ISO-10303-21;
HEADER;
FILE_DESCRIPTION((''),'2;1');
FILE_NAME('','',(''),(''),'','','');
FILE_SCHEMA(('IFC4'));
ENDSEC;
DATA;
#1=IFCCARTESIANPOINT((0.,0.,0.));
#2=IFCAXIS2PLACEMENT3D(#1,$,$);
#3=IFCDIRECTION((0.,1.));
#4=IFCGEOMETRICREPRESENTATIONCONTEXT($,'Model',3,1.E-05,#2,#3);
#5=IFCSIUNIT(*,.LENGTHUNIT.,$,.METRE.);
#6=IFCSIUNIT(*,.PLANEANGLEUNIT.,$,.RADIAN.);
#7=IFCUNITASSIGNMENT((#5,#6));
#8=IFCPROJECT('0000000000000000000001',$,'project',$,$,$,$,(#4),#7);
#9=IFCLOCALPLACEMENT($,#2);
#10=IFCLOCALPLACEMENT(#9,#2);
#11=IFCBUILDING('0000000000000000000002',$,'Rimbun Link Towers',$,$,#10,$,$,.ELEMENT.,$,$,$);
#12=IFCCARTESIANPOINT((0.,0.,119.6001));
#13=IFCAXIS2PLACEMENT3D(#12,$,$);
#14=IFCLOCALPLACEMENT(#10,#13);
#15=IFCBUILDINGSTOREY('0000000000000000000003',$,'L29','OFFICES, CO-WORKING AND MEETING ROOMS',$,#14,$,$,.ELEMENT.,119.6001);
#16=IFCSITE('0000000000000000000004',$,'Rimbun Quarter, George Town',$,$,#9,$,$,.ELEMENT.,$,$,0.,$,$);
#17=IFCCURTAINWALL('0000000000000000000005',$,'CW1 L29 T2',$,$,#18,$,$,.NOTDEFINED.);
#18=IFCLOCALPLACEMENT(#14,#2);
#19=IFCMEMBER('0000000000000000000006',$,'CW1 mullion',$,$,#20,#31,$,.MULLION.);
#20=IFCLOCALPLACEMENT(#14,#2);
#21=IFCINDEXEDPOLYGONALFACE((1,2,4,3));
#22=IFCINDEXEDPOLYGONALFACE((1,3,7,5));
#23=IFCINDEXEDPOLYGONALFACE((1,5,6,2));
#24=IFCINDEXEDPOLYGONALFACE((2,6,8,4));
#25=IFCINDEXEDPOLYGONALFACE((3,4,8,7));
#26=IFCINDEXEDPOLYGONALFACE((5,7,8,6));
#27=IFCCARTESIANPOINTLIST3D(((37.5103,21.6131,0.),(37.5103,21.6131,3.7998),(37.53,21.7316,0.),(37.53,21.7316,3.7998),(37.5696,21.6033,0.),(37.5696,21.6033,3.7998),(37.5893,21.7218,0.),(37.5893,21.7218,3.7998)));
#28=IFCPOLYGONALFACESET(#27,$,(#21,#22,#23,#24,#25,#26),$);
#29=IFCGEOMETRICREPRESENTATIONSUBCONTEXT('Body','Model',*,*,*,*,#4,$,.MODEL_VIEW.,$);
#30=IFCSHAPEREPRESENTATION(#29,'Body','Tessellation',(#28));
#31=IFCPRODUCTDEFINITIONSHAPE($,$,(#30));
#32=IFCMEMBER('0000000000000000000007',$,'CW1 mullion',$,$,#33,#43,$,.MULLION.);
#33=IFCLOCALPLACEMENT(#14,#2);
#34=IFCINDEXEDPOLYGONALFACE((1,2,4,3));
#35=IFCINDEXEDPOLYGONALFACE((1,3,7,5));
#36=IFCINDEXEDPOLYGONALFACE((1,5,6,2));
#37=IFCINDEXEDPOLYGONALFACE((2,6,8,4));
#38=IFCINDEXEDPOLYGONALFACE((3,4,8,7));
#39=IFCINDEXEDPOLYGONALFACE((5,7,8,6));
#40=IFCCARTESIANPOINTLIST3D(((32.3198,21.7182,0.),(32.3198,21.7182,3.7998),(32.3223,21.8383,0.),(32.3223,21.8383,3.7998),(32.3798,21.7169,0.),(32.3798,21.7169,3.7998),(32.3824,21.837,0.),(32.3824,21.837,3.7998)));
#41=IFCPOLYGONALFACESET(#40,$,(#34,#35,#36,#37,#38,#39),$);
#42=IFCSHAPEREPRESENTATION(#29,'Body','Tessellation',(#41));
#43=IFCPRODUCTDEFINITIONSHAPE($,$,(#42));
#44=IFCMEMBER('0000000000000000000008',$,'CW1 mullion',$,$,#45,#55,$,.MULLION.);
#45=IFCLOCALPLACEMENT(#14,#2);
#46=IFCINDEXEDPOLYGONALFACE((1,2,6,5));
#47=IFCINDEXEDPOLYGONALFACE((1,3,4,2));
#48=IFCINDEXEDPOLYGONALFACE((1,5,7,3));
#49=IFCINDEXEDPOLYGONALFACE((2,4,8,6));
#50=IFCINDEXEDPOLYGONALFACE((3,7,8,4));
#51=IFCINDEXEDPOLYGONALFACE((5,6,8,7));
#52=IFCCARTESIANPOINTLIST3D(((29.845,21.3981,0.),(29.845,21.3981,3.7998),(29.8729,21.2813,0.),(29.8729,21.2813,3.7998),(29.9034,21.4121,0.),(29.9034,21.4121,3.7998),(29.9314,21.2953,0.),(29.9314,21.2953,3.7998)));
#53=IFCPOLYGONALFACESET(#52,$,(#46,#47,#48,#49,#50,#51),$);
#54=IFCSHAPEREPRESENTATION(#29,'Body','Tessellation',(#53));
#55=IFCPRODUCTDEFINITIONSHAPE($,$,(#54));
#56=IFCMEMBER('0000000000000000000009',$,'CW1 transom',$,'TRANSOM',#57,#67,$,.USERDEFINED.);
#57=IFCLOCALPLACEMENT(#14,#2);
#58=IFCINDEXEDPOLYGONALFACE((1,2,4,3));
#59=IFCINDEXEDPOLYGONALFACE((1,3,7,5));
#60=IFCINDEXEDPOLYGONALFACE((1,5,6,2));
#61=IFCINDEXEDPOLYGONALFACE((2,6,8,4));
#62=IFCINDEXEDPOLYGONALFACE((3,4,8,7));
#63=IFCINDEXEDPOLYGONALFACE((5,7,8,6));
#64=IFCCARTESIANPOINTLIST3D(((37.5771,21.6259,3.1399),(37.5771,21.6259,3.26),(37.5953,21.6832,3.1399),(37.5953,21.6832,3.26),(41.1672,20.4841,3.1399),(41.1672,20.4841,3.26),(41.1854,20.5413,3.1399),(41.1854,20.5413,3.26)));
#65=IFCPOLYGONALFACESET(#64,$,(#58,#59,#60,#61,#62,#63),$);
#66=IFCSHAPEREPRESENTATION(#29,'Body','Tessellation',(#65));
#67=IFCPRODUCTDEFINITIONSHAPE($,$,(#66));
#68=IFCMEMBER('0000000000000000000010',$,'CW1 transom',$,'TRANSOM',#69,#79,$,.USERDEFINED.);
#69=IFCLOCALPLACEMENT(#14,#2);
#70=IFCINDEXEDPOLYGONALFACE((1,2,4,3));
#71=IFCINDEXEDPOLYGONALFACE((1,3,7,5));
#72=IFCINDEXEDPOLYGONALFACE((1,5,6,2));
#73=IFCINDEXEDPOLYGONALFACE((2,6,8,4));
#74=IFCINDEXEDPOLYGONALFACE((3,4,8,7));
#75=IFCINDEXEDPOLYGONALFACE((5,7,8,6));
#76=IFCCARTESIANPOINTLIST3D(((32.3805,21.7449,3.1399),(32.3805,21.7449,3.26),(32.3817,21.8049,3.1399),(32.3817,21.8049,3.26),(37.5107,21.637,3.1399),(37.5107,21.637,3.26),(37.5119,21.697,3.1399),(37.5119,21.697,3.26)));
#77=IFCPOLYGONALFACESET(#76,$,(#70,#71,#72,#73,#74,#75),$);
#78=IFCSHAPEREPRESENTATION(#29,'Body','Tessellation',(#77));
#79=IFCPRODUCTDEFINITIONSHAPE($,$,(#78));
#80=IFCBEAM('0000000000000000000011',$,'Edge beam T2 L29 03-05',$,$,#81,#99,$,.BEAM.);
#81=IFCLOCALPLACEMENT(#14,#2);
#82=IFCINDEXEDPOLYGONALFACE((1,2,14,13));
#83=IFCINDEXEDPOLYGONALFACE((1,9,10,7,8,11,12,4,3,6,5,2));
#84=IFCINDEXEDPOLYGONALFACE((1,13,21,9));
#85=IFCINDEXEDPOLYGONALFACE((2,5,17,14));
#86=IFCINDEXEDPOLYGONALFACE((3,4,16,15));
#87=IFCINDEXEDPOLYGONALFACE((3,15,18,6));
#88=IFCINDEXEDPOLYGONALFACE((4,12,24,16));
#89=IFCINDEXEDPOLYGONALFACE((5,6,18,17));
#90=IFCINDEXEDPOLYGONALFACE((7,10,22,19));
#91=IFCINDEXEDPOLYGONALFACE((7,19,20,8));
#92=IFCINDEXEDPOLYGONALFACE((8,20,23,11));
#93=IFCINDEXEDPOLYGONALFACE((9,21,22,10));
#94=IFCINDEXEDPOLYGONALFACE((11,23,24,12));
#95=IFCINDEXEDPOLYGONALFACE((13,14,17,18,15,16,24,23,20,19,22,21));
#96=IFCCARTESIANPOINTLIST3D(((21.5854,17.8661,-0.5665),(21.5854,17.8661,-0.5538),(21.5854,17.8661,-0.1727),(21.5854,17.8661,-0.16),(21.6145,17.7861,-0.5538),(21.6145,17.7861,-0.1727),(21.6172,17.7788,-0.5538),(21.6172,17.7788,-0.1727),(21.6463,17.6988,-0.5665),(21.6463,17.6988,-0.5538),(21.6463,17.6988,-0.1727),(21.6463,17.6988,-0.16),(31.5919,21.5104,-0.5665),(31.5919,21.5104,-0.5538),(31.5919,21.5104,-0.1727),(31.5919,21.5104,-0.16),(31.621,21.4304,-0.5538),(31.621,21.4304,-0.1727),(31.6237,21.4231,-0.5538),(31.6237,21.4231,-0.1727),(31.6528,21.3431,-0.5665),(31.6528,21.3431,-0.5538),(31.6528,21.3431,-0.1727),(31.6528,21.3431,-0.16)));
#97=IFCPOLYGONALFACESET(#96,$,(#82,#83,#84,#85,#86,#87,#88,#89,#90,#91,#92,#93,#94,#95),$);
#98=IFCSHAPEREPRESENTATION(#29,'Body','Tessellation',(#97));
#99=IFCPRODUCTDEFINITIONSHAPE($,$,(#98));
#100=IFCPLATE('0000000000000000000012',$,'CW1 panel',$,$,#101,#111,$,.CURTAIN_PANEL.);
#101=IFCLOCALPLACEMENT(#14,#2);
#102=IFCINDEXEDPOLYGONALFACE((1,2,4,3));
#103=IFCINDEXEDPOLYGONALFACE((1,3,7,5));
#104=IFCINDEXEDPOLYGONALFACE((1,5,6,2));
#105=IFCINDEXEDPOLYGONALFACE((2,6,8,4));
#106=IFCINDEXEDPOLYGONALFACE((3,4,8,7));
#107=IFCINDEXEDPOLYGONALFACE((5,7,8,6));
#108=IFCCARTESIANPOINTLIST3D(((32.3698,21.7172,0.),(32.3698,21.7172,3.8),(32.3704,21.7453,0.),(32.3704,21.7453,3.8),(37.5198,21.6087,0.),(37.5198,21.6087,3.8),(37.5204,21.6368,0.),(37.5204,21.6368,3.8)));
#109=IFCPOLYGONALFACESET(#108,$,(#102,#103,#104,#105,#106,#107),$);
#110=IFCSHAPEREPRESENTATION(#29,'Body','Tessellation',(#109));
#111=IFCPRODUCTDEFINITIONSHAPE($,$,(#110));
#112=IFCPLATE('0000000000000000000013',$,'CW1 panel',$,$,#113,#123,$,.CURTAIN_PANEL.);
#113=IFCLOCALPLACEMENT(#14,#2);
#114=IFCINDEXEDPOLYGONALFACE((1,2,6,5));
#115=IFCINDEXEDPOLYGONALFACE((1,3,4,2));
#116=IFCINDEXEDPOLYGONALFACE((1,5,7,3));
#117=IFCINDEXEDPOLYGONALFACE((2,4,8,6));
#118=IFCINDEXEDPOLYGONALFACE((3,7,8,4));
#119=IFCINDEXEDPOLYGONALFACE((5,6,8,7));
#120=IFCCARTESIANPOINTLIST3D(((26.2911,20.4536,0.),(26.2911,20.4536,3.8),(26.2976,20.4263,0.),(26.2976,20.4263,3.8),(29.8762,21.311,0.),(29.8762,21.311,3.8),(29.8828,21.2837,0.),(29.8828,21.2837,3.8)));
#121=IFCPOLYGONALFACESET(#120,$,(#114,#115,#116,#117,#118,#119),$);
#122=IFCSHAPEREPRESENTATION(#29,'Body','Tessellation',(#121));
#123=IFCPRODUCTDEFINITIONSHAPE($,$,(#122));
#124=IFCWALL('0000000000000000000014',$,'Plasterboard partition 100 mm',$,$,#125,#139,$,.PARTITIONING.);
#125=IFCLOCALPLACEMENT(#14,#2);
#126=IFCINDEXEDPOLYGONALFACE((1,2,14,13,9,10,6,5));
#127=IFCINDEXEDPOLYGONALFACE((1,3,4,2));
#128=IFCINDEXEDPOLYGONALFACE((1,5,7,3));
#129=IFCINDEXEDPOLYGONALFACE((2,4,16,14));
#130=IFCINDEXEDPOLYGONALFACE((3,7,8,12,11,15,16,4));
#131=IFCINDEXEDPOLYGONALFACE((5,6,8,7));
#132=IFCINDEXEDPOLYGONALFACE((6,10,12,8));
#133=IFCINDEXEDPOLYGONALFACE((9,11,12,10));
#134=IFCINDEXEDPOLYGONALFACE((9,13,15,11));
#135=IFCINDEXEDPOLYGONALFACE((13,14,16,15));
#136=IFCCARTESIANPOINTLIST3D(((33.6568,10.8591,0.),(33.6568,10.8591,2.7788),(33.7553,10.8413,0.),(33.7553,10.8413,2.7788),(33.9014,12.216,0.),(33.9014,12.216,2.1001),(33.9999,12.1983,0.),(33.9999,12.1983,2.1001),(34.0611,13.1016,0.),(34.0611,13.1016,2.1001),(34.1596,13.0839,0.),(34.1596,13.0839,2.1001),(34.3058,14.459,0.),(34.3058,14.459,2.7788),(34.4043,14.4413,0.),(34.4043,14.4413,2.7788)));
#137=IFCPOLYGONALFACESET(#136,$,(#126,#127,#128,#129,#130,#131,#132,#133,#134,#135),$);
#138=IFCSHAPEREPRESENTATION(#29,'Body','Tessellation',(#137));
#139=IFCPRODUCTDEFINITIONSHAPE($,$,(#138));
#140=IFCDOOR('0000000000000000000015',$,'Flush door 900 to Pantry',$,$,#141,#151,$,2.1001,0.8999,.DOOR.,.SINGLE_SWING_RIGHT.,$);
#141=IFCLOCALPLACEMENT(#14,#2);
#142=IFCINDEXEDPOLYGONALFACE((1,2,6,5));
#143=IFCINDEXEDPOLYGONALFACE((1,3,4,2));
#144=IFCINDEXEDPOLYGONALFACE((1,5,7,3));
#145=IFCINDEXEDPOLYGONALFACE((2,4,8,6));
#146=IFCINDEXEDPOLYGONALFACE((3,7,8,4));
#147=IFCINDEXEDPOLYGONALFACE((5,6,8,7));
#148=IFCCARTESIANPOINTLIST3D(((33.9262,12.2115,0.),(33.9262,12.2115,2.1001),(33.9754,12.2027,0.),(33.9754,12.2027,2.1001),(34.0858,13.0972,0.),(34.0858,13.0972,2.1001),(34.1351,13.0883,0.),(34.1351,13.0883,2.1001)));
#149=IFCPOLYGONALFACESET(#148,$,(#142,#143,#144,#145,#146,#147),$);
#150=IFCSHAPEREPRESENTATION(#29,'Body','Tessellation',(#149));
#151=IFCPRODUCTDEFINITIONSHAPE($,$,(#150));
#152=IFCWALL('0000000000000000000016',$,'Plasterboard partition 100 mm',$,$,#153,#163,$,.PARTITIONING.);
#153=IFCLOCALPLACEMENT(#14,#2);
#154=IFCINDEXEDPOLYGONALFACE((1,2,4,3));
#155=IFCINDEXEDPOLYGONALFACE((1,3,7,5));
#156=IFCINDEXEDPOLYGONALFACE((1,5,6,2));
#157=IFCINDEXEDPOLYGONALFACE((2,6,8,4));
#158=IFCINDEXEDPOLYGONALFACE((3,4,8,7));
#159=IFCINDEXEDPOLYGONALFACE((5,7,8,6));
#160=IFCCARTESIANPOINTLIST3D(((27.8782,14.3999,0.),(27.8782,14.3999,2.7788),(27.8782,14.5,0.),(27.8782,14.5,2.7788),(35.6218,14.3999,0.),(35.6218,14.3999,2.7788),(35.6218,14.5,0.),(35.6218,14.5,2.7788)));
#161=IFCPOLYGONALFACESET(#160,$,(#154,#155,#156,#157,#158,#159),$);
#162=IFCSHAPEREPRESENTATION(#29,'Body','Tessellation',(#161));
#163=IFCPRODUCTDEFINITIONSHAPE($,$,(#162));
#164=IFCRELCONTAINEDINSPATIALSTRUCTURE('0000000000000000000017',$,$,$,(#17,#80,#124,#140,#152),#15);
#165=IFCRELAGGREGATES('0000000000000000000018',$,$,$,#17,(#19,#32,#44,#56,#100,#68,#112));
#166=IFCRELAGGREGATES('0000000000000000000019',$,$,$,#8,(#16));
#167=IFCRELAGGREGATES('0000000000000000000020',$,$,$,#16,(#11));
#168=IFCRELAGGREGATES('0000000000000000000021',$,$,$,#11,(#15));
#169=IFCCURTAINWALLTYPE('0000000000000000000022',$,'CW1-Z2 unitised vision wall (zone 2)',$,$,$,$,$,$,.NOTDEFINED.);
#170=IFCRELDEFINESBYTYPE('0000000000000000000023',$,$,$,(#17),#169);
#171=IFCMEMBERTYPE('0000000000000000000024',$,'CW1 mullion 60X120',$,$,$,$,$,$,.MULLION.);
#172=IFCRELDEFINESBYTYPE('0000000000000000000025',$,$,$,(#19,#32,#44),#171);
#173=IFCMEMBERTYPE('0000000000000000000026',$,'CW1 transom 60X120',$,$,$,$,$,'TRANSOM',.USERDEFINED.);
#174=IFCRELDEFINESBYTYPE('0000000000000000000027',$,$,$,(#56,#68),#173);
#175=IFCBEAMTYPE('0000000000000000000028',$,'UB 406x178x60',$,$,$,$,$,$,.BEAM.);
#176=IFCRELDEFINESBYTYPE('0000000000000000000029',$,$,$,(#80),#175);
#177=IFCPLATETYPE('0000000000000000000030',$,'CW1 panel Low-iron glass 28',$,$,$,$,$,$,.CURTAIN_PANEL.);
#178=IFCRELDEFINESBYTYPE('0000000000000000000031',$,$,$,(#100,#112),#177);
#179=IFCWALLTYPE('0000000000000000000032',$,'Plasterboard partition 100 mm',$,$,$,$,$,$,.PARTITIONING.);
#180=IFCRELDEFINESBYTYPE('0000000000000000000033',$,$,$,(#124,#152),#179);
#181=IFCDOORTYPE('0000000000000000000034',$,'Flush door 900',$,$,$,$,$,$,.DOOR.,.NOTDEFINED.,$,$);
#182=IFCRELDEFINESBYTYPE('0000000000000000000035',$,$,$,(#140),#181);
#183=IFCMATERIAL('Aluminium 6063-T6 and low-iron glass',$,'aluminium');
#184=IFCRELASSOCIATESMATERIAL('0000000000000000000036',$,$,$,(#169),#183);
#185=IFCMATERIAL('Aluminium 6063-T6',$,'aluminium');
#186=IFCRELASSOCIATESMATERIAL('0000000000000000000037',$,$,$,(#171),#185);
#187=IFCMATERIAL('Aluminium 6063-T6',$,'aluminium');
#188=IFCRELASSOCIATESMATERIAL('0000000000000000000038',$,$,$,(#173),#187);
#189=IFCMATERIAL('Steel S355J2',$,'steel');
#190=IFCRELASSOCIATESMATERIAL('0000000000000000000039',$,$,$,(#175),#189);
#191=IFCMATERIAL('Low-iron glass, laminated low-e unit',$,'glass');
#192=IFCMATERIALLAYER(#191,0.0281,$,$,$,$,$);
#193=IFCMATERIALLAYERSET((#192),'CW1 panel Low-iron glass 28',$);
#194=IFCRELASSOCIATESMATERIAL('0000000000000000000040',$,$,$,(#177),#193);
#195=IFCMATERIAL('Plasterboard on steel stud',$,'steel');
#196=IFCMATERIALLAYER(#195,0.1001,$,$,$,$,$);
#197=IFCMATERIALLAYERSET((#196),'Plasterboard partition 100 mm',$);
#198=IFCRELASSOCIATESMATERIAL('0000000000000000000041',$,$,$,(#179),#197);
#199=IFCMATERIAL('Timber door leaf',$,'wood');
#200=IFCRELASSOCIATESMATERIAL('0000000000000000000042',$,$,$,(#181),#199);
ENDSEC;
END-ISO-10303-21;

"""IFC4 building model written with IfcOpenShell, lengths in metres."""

from ifc_helpers import new_model, si_unit, direction, frame, frame_2d, origin, origin_2d, place, context, subcontext, project, spatial, rectangle, i_section, extrude, material, layer, layer_set, material_profile, profile_set, type_object, element, fill, aggregate, save


model = new_model("IFC4")

# Units and contexts
model_context = context("Model", 3, precision=1e-05, world=origin(), true_north=direction((0.0, 1.0)))
body_context = subcontext(model_context, "Body", "Model", "MODEL_VIEW")
ifc_project = project(units=[si_unit("LENGTHUNIT", "METRE"), si_unit("PLANEANGLEUNIT", "RADIAN")], contexts=[model_context])

# Site, building, storey
site_placement = place(None, origin())
site = spatial("IfcSite", under=ifc_project, at=site_placement, Name="Rimbun Quarter, George Town", CompositionType="ELEMENT", RefElevation=0.0)
building_placement = place(site_placement, origin())
building = spatial("IfcBuilding", under=site, at=building_placement, Name="Rimbun Link Towers", CompositionType="ELEMENT")
storey_placement = place(building_placement, frame((0.0, 0.0, 119.6001)))
storey = spatial("IfcBuildingStorey", under=building, at=storey_placement, Name="L29", Description="OFFICES, CO-WORKING AND MEETING ROOMS", CompositionType="ELEMENT", Elevation=119.6001)

# Curtain wall, members
ifc_material_1 = material(Name="Aluminium 6063-T6 and low-iron glass", Category="aluminium")
curtain_wall_type = type_object("IfcCurtainWallType", Name="CW1-Z2 unitised vision wall (zone 2)", PredefinedType="NOTDEFINED", material=ifc_material_1)
curtain_wall_placement = place(storey_placement, origin())
curtain_wall = element("IfcCurtainWall", 1, at=curtain_wall_placement, inside=storey, type_object=curtain_wall_type, Name="CW1 L29 T2", PredefinedType="NOTDEFINED")
ifc_material_2 = material(Name="Aluminium 6063-T6", Category="aluminium")
ifc_material_profile_1 = material_profile(ifc_material_2, rectangle(XDim=0.1201, YDim=0.0601, at=origin_2d()), Name="MULLION 60X120")
ifc_profile_set_1 = profile_set([ifc_material_profile_1], Name="Aluminium 6063-T6")
member_type_1 = type_object("IfcMemberType", Name="CW1 mullion 60X120", PredefinedType="MULLION", material=ifc_profile_set_1)
member_1_placement = place(storey_placement, frame((37.5498, 21.6675, 0.0), z_axis=(0.0, 0.0, 1.0), x_axis=(0.163751, 0.986502, 0.0)))
member_1 = element("IfcMember", 2, at=member_1_placement, type_object=member_type_1, Name="CW1 mullion", PredefinedType="MULLION", context=body_context, shape_type="SweptSolid", body=[
    extrude(rectangle(XDim=0.1201, YDim=0.0601, at=origin_2d()), origin(), (0.0, 0.0, 1.0), 3.7998),
])
member_2_placement = place(storey_placement, frame((32.3511, 21.7776, 0.0), z_axis=(0.0, 0.0, 1.0), x_axis=(0.021066, 0.999778, 0.0)))
member_2 = element("IfcMember", 3, at=member_2_placement, type_object=member_type_1, Name="CW1 mullion", PredefinedType="MULLION", context=body_context, shape_type="SweptSolid", body=[
    extrude(rectangle(XDim=0.1201, YDim=0.0601, at=origin_2d()), origin(), (0.0, 0.0, 1.0), 3.7998),
])
member_3_placement = place(storey_placement, frame((29.8882, 21.3467, 0.0), z_axis=(0.0, 0.0, 1.0), x_axis=(-0.232603, 0.972572, 0.0)))
member_3 = element("IfcMember", 4, at=member_3_placement, type_object=member_type_1, Name="CW1 mullion", PredefinedType="MULLION", context=body_context, shape_type="SweptSolid", body=[
    extrude(rectangle(XDim=0.1201, YDim=0.0601, at=origin_2d()), origin(), (0.0, 0.0, 1.0), 3.7998),
])
ifc_material_3 = material(Name="Aluminium 6063-T6", Category="aluminium")
ifc_material_profile_2 = material_profile(ifc_material_3, rectangle(XDim=0.0601, YDim=0.1201, at=origin_2d()), Name="TRANSOM 60X120")
ifc_profile_set_2 = profile_set([ifc_material_profile_2], Name="Aluminium 6063-T6")
member_type_2 = type_object("IfcMemberType", Name="CW1 transom 60X120", ElementType="TRANSOM", PredefinedType="USERDEFINED", material=ifc_profile_set_2)
member_4_placement = place(storey_placement, frame((37.5862, 21.6545, 3.2), z_axis=(0.952961, -0.303094, 0.0), x_axis=(0.303094, 0.952961, 0.0)))
member_4 = element("IfcMember", 5, at=member_4_placement, type_object=member_type_2, Name="CW1 transom", ObjectType="TRANSOM", PredefinedType="USERDEFINED", context=body_context, shape_type="SweptSolid", body=[
    extrude(rectangle(XDim=0.0601, YDim=0.1201, at=origin_2d()), origin(), (0.0, 0.0, 1.0), 3.7673),
])
member_5_placement = place(storey_placement, frame((32.3811, 21.7749, 3.2), z_axis=(0.999779, -0.02103, 0.0), x_axis=(0.02103, 0.999779, 0.0)))
member_5 = element("IfcMember", 6, at=member_5_placement, type_object=member_type_2, Name="CW1 transom", ObjectType="TRANSOM", PredefinedType="USERDEFINED", context=body_context, shape_type="SweptSolid", body=[
    extrude(rectangle(XDim=0.0601, YDim=0.1201, at=origin_2d()), origin(), (0.0, 0.0, 1.0), 5.1313),
])

# Beam
ifc_material_4 = material(Name="Steel S355J2", Category="steel")
ifc_material_profile_3 = material_profile(ifc_material_4, i_section(OverallWidth=0.178, OverallDepth=0.4065, WebThickness=0.0078, FlangeThickness=0.0127, at=origin_2d()), Name="UB 406x178x60")
ifc_profile_set_3 = profile_set([ifc_material_profile_3], Name="Steel S355J2")
beam_type = type_object("IfcBeamType", Name="UB 406x178x60", PredefinedType="BEAM", material=ifc_profile_set_3)
beam_placement = place(storey_placement, frame((31.6223, 21.4268, -0.3633), z_axis=(-0.939624, -0.342209, 0.0), x_axis=(0.342209, -0.939624, 0.0)))
element("IfcBeam", 7, at=beam_placement, inside=storey, type_object=beam_type, Name="Edge beam T2 L29 03-05", PredefinedType="BEAM", context=body_context, shape_type="SweptSolid", body=[
    extrude(i_section(OverallWidth=0.178, OverallDepth=0.4065, WebThickness=0.0078, FlangeThickness=0.0127, at=origin_2d()), origin(), (0.0, 0.0, 1.0), 10.6494),
])

# Plates
ifc_material_5 = material(Name="Low-iron glass, laminated low-e unit", Category="glass")
ifc_layer_1 = layer(ifc_material_5, 0.0281)
ifc_layer_set_1 = layer_set([ifc_layer_1], Name="CW1 panel Low-iron glass 28")
plate_type = type_object("IfcPlateType", Name="CW1 panel Low-iron glass 28", PredefinedType="CURTAIN_PANEL", material=ifc_layer_set_1)
plate_1_placement = place(storey_placement, frame((34.9451, 21.677, 0.0), z_axis=(0.0, 0.0, 1.0), x_axis=(0.999778, -0.021066, 0.0)))
plate_1 = element("IfcPlate", 8, at=plate_1_placement, type_object=plate_type, Name="CW1 panel", PredefinedType="CURTAIN_PANEL", context=body_context, shape_type="SweptSolid", body=[
    extrude(rectangle(XDim=5.1511, YDim=0.0281, at=origin_2d()), origin(), (0.0, 0.0, 1.0), 3.8),
])
plate_2_placement = place(storey_placement, frame((28.0869, 20.8687, 0.0), z_axis=(0.0, 0.0, 1.0), x_axis=(0.972572, 0.232603, 0.0)))
plate_2 = element("IfcPlate", 9, at=plate_2_placement, type_object=plate_type, Name="CW1 panel", PredefinedType="CURTAIN_PANEL", context=body_context, shape_type="SweptSolid", body=[
    extrude(rectangle(XDim=3.6863, YDim=0.0281, at=origin_2d()), origin(), (0.0, 0.0, 1.0), 3.8),
])
aggregate(curtain_wall, [member_1, member_2, member_3, member_4, plate_1, member_5, plate_2])

# Wall, opening, door
ifc_material_6 = material(Name="Plasterboard on steel stud", Category="steel")
ifc_layer_2 = layer(ifc_material_6, 0.1001)
ifc_layer_set_2 = layer_set([ifc_layer_2], Name="Plasterboard partition 100 mm")
wall_type_1 = type_object("IfcWallType", Name="Plasterboard partition 100 mm", PredefinedType="PARTITIONING", material=ifc_layer_set_2)
wall_1_placement = place(storey_placement, frame((33.7061, 10.8501, 0.0), z_axis=(0.0, 0.0, 1.0), x_axis=(0.177405, 0.984138, 0.0)))
wall_1 = element("IfcWall", 10, at=wall_1_placement, inside=storey, type_object=wall_type_1, Name="Plasterboard partition 100 mm", PredefinedType="PARTITIONING", context=body_context, shape_type="SweptSolid", body=[
    extrude(rectangle(XDim=3.658, YDim=0.1001, at=frame_2d((1.8291, 0.0))), origin(), (0.0, 0.0, 1.0), 2.7788),
])
opening_1_placement = place(wall_1_placement, frame((1.3789, 0.0, 0.0)))
opening_1 = element("IfcOpeningElement", 11, at=opening_1_placement, cuts=wall_1, PredefinedType="OPENING", context=body_context, shape_type="SweptSolid", body=[
    extrude(rectangle(XDim=0.8999, YDim=2.1001, at=frame_2d((0.45, 1.05))), frame((0.0, 0.0601, 0.0), z_axis=(0.0, -1.0, 0.0), x_axis=(1.0, 0.0, 0.0)), (0.0, 0.0, 1.0), 0.1201),
])
ifc_material_7 = material(Name="Timber door leaf", Category="wood")
door_type = type_object("IfcDoorType", Name="Flush door 900", OperationType="NOTDEFINED", PredefinedType="DOOR", material=ifc_material_7)
door_1_placement = place(opening_1_placement, origin())
door_1 = element("IfcDoor", 12, at=door_1_placement, inside=storey, type_object=door_type, Name="Flush door 900 to Pantry", OperationType="SINGLE_SWING_RIGHT", OverallHeight=2.1001, OverallWidth=0.8999, PredefinedType="DOOR", context=body_context, shape_type="SweptSolid", body=[
    extrude(rectangle(XDim=0.8999, YDim=2.1001, at=frame_2d((0.45, 1.05))), frame((0.0, 0.0249, 0.0), z_axis=(0.0, -1.0, 0.0), x_axis=(1.0, 0.0, 0.0)), (0.0, 0.0, 1.0), 0.05),
])
fill(opening_1, door_1)

# Wall
wall_2_placement = place(storey_placement, frame((35.6218, 14.45, 0.0), z_axis=(0.0, 0.0, 1.0), x_axis=(-1.0, 0.0, 0.0)))
element("IfcWall", 13, at=wall_2_placement, inside=storey, type_object=wall_type_1, Name="Plasterboard partition 100 mm", PredefinedType="PARTITIONING", context=body_context, shape_type="SweptSolid", body=[
    extrude(rectangle(XDim=7.7437, YDim=0.1001, at=frame_2d((3.8718, 0.0))), origin(), (0.0, 0.0, 1.0), 2.7788),
])

save(model, "model.ifc")
